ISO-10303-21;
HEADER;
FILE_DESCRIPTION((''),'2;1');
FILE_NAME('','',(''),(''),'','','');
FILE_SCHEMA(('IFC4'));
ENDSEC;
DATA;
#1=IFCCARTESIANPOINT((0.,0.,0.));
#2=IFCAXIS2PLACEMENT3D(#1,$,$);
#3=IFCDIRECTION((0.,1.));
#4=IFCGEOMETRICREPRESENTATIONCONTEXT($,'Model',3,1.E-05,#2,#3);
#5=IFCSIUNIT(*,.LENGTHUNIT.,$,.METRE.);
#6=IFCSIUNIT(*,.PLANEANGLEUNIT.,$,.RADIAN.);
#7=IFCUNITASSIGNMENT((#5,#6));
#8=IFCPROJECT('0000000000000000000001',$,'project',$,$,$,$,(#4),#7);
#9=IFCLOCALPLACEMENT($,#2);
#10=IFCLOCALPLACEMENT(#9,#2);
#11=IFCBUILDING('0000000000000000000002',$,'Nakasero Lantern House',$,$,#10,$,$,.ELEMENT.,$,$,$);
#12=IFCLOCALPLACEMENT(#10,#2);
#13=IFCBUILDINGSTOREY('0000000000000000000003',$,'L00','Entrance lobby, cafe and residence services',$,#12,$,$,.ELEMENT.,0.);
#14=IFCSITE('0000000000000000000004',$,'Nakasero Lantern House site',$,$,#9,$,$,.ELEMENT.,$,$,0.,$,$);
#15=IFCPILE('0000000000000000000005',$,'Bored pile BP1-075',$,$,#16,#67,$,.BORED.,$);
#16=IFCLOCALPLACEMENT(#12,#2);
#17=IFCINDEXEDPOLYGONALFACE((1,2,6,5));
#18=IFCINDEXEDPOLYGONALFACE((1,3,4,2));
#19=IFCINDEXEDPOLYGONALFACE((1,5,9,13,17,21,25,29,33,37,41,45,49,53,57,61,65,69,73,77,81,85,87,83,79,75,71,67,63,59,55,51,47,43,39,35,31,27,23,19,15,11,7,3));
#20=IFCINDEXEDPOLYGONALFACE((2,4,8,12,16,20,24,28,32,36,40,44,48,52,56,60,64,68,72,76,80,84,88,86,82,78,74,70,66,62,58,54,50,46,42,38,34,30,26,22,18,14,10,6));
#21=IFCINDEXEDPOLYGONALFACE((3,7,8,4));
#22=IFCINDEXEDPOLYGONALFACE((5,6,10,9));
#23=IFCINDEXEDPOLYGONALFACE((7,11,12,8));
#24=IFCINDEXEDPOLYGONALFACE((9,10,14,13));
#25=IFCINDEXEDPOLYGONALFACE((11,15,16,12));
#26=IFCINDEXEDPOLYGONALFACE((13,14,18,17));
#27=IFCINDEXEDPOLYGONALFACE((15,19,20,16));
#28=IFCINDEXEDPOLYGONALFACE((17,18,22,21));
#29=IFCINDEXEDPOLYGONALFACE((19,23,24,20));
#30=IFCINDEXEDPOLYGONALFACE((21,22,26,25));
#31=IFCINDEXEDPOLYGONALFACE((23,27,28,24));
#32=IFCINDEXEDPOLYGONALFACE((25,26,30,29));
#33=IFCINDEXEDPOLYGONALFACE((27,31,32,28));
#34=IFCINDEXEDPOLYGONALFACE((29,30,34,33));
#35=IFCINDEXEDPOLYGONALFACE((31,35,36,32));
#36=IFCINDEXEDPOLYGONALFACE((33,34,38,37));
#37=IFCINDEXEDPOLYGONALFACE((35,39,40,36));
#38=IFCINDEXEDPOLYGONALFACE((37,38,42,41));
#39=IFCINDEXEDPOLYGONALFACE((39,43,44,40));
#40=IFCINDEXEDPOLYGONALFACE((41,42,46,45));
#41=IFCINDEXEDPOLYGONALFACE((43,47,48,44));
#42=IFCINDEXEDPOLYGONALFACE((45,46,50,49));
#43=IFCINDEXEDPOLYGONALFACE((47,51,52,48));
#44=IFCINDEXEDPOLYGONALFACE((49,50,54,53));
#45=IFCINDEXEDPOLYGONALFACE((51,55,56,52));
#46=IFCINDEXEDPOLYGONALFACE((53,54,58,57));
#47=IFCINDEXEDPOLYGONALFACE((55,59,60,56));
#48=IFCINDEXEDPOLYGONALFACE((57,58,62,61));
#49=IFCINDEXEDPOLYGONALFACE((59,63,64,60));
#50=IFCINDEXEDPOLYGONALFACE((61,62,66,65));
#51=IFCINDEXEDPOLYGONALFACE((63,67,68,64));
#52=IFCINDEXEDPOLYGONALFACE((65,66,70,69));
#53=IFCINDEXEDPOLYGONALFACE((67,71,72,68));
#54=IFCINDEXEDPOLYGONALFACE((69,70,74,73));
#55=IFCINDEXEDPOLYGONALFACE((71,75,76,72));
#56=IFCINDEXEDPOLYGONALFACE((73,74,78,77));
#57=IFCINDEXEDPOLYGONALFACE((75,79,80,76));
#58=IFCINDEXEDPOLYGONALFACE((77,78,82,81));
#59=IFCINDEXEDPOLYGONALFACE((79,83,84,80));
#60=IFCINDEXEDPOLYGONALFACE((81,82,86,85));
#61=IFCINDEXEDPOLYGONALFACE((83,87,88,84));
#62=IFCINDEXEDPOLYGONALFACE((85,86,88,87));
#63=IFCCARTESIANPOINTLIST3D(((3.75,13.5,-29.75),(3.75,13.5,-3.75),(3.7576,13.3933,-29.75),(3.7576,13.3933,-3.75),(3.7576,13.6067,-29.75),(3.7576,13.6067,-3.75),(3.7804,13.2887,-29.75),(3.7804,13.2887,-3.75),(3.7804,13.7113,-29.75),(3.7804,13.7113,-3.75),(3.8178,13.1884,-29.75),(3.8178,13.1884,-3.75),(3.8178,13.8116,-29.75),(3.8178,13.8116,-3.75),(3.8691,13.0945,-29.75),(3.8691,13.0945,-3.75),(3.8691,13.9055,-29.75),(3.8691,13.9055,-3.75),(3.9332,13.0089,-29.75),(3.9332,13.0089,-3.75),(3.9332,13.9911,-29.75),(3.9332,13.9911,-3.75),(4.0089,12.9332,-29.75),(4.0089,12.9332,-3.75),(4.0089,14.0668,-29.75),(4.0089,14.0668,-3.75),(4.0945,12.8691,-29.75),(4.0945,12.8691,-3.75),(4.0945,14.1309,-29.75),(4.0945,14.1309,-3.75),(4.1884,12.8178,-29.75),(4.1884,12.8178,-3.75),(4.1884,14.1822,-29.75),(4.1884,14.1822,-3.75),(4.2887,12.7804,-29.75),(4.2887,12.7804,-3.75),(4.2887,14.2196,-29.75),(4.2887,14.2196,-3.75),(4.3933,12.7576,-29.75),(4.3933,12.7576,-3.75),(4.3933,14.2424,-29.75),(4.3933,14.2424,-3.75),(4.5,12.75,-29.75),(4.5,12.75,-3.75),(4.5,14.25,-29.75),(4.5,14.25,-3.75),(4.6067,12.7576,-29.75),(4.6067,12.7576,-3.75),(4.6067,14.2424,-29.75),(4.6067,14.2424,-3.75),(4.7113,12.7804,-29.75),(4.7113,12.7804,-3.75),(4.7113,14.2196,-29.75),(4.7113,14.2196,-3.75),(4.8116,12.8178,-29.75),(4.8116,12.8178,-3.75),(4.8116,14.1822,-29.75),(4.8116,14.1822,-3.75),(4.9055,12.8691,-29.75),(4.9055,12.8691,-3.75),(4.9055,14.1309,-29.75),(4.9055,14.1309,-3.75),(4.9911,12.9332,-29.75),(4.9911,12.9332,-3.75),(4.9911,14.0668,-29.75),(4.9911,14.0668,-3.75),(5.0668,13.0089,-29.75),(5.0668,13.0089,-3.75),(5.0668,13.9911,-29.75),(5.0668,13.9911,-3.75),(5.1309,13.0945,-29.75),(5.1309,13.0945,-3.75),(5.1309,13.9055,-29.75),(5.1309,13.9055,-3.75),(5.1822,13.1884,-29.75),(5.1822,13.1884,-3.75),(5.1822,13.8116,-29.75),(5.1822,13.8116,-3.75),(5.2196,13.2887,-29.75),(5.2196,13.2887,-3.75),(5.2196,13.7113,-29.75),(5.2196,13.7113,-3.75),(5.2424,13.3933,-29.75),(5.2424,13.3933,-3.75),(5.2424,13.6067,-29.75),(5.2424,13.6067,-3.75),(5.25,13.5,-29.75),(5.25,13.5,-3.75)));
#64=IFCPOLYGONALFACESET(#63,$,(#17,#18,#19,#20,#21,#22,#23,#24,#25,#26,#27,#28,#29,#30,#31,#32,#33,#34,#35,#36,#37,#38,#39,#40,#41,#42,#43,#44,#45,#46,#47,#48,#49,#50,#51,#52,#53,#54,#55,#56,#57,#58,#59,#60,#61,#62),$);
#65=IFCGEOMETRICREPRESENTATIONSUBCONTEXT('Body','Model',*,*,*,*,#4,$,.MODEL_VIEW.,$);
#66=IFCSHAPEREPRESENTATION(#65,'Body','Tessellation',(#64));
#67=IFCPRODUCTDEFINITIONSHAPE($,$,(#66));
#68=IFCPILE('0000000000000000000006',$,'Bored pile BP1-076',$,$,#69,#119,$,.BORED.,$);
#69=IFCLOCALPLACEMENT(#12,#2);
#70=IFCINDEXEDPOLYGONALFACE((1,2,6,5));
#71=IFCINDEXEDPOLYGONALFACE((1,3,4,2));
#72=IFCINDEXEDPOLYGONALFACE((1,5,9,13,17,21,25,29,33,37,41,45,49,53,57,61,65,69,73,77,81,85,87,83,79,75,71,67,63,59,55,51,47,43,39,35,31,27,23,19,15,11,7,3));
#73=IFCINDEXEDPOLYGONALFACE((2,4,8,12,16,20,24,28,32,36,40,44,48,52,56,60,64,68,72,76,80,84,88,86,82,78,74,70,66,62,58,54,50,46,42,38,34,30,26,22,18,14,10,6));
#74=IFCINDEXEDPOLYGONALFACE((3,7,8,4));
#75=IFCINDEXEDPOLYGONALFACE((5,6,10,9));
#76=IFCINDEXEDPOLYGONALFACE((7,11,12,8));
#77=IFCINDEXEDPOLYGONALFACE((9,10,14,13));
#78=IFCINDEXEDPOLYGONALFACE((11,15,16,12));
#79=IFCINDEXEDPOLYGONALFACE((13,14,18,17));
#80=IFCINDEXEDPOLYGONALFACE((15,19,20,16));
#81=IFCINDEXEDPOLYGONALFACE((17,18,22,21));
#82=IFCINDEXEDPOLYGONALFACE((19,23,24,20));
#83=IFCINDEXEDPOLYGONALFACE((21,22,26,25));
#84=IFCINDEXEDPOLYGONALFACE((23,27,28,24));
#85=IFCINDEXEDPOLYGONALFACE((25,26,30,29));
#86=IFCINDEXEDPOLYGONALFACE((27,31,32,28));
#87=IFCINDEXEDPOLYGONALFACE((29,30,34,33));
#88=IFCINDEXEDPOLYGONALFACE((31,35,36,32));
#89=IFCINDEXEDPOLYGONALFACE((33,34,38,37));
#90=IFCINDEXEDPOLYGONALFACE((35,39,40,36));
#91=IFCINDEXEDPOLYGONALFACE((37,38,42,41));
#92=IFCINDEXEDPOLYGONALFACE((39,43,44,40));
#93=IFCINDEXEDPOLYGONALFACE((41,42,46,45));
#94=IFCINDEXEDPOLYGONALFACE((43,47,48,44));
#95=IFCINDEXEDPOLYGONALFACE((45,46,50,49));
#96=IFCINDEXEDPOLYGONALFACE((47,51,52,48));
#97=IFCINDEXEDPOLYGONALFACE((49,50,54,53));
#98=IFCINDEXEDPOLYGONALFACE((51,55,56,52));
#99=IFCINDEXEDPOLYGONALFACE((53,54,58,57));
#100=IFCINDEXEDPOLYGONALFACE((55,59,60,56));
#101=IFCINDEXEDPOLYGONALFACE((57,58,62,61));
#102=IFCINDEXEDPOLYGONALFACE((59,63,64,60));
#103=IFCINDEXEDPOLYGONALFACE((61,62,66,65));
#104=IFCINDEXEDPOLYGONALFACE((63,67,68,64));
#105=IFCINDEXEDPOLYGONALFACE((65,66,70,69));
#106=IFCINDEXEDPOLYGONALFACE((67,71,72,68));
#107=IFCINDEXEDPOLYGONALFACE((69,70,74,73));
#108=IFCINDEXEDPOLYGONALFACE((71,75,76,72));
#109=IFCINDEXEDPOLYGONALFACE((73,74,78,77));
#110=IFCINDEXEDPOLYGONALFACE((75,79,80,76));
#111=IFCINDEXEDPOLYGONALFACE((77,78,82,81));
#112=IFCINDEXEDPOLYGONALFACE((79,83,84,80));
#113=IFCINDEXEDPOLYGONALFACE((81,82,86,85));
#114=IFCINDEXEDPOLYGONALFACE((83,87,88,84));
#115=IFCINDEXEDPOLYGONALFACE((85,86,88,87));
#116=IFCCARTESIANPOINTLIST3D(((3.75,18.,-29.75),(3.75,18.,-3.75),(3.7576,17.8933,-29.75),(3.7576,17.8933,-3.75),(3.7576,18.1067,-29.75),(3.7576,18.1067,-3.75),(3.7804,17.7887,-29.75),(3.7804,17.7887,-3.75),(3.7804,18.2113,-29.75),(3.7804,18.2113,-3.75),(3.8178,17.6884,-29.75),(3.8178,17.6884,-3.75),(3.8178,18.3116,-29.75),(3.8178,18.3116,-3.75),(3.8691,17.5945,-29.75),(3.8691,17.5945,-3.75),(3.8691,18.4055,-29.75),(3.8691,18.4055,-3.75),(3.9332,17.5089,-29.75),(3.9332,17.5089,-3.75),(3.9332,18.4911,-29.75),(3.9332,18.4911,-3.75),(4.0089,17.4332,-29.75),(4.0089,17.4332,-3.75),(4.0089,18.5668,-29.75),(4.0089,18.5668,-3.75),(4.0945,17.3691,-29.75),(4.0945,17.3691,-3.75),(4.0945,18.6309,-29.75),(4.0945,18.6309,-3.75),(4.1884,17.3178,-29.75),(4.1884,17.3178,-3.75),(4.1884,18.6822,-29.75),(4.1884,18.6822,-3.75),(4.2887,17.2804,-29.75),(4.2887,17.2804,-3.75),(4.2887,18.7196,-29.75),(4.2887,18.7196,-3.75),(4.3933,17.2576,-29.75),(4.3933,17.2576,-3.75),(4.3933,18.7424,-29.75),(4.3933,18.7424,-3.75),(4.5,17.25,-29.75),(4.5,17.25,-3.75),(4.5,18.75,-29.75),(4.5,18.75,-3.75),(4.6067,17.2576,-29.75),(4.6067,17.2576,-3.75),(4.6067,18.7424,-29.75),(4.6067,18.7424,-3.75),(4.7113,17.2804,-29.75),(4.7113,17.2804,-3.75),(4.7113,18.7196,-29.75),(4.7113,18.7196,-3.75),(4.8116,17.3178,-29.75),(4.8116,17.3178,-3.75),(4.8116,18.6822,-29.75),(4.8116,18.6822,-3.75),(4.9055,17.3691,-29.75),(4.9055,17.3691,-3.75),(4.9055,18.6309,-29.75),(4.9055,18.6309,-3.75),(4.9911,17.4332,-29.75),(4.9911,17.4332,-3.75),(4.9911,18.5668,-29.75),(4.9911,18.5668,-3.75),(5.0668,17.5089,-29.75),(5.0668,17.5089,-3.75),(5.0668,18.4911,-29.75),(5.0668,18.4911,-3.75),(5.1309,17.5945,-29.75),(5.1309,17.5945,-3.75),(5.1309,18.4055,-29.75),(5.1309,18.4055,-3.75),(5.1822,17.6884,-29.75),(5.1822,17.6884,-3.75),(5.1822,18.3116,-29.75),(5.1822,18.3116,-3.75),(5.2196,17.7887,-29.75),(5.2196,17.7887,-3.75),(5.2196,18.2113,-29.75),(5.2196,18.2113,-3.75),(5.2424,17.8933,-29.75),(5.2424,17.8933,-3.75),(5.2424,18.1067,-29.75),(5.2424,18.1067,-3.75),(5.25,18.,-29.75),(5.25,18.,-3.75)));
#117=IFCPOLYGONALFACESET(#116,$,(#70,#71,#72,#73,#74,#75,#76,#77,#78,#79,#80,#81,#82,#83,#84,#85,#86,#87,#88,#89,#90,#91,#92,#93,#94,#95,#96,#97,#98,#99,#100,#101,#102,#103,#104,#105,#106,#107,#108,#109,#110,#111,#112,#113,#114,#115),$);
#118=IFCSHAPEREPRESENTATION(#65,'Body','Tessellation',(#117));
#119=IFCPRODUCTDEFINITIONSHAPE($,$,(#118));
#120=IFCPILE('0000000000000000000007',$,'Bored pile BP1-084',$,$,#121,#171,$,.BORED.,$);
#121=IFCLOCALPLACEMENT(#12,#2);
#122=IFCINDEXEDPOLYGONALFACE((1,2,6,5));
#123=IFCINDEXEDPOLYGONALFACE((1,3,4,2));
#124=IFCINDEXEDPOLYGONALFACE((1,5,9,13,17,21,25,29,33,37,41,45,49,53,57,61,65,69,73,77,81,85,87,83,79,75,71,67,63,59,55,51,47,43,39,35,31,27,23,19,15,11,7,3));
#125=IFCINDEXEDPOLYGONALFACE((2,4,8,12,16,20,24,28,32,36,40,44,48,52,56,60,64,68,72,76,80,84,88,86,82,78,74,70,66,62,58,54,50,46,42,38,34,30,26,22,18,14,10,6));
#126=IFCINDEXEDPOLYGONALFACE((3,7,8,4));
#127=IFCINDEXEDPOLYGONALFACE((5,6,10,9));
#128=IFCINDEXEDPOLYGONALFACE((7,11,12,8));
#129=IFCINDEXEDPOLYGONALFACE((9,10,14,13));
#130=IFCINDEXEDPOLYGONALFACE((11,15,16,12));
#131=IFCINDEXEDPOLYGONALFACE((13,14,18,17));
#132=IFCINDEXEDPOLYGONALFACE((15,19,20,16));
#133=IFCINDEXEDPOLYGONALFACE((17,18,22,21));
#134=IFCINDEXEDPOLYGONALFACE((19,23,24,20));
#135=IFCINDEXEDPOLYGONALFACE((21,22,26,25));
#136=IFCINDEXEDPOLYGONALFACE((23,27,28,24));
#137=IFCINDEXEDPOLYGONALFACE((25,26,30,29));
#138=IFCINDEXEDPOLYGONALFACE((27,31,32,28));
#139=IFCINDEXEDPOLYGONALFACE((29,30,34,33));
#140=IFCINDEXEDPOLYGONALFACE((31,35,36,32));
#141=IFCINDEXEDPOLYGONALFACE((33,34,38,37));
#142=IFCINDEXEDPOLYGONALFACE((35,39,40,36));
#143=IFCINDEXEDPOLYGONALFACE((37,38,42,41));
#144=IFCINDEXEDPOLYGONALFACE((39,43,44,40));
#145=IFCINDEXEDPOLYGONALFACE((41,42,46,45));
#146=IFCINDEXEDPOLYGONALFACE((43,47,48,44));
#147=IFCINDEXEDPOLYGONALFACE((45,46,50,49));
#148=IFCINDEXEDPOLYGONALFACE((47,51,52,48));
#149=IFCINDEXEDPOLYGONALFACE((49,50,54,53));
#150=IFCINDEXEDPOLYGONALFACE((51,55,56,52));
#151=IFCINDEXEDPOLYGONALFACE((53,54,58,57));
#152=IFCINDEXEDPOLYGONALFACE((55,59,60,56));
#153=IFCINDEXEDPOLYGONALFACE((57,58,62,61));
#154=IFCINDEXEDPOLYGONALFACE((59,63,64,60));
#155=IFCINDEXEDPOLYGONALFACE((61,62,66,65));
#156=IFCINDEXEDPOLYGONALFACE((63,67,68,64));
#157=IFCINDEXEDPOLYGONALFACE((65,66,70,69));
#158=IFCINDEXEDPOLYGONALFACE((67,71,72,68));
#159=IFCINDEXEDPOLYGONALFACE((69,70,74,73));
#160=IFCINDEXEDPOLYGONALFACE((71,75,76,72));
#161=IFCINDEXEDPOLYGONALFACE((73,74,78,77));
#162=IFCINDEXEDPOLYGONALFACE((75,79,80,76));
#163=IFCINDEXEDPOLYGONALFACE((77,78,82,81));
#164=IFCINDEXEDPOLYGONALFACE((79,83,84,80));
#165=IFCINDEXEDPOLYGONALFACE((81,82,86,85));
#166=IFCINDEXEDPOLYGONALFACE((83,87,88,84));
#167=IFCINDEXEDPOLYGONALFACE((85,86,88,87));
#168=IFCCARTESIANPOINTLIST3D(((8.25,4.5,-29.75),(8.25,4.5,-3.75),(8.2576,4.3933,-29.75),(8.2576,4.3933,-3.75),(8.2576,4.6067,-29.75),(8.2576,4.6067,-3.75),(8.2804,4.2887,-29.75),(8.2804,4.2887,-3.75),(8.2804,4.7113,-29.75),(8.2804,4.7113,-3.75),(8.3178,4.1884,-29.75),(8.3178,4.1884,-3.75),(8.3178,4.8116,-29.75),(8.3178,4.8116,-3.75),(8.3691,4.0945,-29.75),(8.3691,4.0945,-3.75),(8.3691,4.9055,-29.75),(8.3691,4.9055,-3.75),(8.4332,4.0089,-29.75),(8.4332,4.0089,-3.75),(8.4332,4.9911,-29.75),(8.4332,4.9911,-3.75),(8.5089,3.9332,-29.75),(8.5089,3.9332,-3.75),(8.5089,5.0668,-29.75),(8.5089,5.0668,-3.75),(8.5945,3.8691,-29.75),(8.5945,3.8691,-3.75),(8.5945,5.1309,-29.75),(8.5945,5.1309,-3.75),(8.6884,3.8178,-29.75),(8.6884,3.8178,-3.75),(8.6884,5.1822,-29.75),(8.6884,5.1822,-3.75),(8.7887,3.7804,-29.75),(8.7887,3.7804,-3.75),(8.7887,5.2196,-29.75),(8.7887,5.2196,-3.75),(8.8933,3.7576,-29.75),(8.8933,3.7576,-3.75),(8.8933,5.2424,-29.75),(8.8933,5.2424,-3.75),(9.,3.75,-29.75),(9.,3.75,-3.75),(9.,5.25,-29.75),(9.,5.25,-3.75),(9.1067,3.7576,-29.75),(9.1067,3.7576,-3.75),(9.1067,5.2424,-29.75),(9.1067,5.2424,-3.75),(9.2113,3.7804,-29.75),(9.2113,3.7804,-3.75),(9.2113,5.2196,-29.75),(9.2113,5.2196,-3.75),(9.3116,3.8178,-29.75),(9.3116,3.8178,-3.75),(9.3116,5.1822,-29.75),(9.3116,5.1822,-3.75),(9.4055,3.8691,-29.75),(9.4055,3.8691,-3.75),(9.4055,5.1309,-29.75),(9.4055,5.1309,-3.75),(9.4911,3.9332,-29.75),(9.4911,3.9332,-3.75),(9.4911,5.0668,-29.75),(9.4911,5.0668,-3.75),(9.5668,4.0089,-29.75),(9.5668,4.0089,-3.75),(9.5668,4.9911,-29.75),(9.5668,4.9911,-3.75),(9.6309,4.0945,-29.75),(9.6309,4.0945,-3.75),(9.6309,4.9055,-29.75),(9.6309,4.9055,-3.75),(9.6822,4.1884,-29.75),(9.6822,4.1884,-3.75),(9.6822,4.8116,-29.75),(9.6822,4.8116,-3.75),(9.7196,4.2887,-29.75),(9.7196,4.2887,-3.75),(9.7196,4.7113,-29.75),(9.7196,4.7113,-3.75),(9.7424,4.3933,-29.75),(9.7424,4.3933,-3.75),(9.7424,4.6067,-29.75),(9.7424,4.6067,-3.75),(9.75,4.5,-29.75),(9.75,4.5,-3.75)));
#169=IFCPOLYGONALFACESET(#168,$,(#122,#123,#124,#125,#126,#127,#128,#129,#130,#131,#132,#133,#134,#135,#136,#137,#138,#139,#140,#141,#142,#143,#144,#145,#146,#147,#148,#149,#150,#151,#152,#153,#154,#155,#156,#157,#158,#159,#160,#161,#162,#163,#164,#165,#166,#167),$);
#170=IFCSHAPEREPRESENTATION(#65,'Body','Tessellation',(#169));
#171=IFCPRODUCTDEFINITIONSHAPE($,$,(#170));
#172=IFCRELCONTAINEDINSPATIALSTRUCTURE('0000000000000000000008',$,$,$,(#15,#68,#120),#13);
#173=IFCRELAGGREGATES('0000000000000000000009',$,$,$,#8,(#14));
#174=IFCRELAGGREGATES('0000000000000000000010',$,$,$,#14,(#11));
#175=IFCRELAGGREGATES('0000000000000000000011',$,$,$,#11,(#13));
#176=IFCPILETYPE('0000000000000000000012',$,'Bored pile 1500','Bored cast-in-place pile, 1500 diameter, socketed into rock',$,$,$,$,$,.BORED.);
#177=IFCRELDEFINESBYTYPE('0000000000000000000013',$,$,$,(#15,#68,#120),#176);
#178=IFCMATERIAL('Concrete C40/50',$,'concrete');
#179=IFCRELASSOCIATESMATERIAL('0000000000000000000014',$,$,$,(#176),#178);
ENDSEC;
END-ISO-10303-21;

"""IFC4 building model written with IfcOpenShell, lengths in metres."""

from ifc_helpers import new_model, si_unit, direction, frame, origin, origin_2d, place, context, subcontext, project, spatial, circle, extrude, material, type_object, element, save


model = new_model("IFC4")

# Units and contexts
model_context = context("Model", 3, precision=1e-05, world=origin(), true_north=direction((0.0, 1.0)))
body_context = subcontext(model_context, "Body", "Model", "MODEL_VIEW")
ifc_project = project(units=[si_unit("LENGTHUNIT", "METRE"), si_unit("PLANEANGLEUNIT", "RADIAN")], contexts=[model_context])

# Site, building, storey
site_placement = place(None, origin())
site = spatial("IfcSite", under=ifc_project, at=site_placement, Name="Nakasero Lantern House site", CompositionType="ELEMENT", RefElevation=0.0)
building_placement = place(site_placement, origin())
building = spatial("IfcBuilding", under=site, at=building_placement, Name="Nakasero Lantern House", CompositionType="ELEMENT")
storey_placement = place(building_placement, origin())
storey = spatial("IfcBuildingStorey", under=building, at=storey_placement, Name="L00", Description="Entrance lobby, cafe and residence services", CompositionType="ELEMENT", Elevation=0.0)

# Piles
ifc_material_1 = material(Name="Concrete C40/50", Category="concrete")
pile_type = type_object("IfcPileType", Name="Bored pile 1500", Description="Bored cast-in-place pile, 1500 diameter, socketed into rock", PredefinedType="BORED", material=ifc_material_1)
for number, where, z_axis, x_axis, name in (
    (1, (4.5, 13.5, -3.75), (0.0, 0.0, -1.0), (1.0, 0.0, 0.0), "Bored pile BP1-075"),
    (2, (4.5, 18.0, -3.75), (0.0, 0.0, -1.0), (1.0, 0.0, 0.0), "Bored pile BP1-076"),
    (3, (9.0, 4.5, -3.75), (0.0, 0.0, -1.0), (1.0, 0.0, 0.0), "Bored pile BP1-084"),
):
    element("IfcPile", number, at=place(storey_placement, frame(where, z_axis=z_axis, x_axis=x_axis)), inside=storey, type_object=pile_type, Name=name, PredefinedType="BORED", context=body_context, shape_type="SweptSolid", body=[
        extrude(circle(Radius=0.75, at=origin_2d()), origin(), (0.0, 0.0, 1.0), 26.0),
    ])

save(model, "model.ifc")
